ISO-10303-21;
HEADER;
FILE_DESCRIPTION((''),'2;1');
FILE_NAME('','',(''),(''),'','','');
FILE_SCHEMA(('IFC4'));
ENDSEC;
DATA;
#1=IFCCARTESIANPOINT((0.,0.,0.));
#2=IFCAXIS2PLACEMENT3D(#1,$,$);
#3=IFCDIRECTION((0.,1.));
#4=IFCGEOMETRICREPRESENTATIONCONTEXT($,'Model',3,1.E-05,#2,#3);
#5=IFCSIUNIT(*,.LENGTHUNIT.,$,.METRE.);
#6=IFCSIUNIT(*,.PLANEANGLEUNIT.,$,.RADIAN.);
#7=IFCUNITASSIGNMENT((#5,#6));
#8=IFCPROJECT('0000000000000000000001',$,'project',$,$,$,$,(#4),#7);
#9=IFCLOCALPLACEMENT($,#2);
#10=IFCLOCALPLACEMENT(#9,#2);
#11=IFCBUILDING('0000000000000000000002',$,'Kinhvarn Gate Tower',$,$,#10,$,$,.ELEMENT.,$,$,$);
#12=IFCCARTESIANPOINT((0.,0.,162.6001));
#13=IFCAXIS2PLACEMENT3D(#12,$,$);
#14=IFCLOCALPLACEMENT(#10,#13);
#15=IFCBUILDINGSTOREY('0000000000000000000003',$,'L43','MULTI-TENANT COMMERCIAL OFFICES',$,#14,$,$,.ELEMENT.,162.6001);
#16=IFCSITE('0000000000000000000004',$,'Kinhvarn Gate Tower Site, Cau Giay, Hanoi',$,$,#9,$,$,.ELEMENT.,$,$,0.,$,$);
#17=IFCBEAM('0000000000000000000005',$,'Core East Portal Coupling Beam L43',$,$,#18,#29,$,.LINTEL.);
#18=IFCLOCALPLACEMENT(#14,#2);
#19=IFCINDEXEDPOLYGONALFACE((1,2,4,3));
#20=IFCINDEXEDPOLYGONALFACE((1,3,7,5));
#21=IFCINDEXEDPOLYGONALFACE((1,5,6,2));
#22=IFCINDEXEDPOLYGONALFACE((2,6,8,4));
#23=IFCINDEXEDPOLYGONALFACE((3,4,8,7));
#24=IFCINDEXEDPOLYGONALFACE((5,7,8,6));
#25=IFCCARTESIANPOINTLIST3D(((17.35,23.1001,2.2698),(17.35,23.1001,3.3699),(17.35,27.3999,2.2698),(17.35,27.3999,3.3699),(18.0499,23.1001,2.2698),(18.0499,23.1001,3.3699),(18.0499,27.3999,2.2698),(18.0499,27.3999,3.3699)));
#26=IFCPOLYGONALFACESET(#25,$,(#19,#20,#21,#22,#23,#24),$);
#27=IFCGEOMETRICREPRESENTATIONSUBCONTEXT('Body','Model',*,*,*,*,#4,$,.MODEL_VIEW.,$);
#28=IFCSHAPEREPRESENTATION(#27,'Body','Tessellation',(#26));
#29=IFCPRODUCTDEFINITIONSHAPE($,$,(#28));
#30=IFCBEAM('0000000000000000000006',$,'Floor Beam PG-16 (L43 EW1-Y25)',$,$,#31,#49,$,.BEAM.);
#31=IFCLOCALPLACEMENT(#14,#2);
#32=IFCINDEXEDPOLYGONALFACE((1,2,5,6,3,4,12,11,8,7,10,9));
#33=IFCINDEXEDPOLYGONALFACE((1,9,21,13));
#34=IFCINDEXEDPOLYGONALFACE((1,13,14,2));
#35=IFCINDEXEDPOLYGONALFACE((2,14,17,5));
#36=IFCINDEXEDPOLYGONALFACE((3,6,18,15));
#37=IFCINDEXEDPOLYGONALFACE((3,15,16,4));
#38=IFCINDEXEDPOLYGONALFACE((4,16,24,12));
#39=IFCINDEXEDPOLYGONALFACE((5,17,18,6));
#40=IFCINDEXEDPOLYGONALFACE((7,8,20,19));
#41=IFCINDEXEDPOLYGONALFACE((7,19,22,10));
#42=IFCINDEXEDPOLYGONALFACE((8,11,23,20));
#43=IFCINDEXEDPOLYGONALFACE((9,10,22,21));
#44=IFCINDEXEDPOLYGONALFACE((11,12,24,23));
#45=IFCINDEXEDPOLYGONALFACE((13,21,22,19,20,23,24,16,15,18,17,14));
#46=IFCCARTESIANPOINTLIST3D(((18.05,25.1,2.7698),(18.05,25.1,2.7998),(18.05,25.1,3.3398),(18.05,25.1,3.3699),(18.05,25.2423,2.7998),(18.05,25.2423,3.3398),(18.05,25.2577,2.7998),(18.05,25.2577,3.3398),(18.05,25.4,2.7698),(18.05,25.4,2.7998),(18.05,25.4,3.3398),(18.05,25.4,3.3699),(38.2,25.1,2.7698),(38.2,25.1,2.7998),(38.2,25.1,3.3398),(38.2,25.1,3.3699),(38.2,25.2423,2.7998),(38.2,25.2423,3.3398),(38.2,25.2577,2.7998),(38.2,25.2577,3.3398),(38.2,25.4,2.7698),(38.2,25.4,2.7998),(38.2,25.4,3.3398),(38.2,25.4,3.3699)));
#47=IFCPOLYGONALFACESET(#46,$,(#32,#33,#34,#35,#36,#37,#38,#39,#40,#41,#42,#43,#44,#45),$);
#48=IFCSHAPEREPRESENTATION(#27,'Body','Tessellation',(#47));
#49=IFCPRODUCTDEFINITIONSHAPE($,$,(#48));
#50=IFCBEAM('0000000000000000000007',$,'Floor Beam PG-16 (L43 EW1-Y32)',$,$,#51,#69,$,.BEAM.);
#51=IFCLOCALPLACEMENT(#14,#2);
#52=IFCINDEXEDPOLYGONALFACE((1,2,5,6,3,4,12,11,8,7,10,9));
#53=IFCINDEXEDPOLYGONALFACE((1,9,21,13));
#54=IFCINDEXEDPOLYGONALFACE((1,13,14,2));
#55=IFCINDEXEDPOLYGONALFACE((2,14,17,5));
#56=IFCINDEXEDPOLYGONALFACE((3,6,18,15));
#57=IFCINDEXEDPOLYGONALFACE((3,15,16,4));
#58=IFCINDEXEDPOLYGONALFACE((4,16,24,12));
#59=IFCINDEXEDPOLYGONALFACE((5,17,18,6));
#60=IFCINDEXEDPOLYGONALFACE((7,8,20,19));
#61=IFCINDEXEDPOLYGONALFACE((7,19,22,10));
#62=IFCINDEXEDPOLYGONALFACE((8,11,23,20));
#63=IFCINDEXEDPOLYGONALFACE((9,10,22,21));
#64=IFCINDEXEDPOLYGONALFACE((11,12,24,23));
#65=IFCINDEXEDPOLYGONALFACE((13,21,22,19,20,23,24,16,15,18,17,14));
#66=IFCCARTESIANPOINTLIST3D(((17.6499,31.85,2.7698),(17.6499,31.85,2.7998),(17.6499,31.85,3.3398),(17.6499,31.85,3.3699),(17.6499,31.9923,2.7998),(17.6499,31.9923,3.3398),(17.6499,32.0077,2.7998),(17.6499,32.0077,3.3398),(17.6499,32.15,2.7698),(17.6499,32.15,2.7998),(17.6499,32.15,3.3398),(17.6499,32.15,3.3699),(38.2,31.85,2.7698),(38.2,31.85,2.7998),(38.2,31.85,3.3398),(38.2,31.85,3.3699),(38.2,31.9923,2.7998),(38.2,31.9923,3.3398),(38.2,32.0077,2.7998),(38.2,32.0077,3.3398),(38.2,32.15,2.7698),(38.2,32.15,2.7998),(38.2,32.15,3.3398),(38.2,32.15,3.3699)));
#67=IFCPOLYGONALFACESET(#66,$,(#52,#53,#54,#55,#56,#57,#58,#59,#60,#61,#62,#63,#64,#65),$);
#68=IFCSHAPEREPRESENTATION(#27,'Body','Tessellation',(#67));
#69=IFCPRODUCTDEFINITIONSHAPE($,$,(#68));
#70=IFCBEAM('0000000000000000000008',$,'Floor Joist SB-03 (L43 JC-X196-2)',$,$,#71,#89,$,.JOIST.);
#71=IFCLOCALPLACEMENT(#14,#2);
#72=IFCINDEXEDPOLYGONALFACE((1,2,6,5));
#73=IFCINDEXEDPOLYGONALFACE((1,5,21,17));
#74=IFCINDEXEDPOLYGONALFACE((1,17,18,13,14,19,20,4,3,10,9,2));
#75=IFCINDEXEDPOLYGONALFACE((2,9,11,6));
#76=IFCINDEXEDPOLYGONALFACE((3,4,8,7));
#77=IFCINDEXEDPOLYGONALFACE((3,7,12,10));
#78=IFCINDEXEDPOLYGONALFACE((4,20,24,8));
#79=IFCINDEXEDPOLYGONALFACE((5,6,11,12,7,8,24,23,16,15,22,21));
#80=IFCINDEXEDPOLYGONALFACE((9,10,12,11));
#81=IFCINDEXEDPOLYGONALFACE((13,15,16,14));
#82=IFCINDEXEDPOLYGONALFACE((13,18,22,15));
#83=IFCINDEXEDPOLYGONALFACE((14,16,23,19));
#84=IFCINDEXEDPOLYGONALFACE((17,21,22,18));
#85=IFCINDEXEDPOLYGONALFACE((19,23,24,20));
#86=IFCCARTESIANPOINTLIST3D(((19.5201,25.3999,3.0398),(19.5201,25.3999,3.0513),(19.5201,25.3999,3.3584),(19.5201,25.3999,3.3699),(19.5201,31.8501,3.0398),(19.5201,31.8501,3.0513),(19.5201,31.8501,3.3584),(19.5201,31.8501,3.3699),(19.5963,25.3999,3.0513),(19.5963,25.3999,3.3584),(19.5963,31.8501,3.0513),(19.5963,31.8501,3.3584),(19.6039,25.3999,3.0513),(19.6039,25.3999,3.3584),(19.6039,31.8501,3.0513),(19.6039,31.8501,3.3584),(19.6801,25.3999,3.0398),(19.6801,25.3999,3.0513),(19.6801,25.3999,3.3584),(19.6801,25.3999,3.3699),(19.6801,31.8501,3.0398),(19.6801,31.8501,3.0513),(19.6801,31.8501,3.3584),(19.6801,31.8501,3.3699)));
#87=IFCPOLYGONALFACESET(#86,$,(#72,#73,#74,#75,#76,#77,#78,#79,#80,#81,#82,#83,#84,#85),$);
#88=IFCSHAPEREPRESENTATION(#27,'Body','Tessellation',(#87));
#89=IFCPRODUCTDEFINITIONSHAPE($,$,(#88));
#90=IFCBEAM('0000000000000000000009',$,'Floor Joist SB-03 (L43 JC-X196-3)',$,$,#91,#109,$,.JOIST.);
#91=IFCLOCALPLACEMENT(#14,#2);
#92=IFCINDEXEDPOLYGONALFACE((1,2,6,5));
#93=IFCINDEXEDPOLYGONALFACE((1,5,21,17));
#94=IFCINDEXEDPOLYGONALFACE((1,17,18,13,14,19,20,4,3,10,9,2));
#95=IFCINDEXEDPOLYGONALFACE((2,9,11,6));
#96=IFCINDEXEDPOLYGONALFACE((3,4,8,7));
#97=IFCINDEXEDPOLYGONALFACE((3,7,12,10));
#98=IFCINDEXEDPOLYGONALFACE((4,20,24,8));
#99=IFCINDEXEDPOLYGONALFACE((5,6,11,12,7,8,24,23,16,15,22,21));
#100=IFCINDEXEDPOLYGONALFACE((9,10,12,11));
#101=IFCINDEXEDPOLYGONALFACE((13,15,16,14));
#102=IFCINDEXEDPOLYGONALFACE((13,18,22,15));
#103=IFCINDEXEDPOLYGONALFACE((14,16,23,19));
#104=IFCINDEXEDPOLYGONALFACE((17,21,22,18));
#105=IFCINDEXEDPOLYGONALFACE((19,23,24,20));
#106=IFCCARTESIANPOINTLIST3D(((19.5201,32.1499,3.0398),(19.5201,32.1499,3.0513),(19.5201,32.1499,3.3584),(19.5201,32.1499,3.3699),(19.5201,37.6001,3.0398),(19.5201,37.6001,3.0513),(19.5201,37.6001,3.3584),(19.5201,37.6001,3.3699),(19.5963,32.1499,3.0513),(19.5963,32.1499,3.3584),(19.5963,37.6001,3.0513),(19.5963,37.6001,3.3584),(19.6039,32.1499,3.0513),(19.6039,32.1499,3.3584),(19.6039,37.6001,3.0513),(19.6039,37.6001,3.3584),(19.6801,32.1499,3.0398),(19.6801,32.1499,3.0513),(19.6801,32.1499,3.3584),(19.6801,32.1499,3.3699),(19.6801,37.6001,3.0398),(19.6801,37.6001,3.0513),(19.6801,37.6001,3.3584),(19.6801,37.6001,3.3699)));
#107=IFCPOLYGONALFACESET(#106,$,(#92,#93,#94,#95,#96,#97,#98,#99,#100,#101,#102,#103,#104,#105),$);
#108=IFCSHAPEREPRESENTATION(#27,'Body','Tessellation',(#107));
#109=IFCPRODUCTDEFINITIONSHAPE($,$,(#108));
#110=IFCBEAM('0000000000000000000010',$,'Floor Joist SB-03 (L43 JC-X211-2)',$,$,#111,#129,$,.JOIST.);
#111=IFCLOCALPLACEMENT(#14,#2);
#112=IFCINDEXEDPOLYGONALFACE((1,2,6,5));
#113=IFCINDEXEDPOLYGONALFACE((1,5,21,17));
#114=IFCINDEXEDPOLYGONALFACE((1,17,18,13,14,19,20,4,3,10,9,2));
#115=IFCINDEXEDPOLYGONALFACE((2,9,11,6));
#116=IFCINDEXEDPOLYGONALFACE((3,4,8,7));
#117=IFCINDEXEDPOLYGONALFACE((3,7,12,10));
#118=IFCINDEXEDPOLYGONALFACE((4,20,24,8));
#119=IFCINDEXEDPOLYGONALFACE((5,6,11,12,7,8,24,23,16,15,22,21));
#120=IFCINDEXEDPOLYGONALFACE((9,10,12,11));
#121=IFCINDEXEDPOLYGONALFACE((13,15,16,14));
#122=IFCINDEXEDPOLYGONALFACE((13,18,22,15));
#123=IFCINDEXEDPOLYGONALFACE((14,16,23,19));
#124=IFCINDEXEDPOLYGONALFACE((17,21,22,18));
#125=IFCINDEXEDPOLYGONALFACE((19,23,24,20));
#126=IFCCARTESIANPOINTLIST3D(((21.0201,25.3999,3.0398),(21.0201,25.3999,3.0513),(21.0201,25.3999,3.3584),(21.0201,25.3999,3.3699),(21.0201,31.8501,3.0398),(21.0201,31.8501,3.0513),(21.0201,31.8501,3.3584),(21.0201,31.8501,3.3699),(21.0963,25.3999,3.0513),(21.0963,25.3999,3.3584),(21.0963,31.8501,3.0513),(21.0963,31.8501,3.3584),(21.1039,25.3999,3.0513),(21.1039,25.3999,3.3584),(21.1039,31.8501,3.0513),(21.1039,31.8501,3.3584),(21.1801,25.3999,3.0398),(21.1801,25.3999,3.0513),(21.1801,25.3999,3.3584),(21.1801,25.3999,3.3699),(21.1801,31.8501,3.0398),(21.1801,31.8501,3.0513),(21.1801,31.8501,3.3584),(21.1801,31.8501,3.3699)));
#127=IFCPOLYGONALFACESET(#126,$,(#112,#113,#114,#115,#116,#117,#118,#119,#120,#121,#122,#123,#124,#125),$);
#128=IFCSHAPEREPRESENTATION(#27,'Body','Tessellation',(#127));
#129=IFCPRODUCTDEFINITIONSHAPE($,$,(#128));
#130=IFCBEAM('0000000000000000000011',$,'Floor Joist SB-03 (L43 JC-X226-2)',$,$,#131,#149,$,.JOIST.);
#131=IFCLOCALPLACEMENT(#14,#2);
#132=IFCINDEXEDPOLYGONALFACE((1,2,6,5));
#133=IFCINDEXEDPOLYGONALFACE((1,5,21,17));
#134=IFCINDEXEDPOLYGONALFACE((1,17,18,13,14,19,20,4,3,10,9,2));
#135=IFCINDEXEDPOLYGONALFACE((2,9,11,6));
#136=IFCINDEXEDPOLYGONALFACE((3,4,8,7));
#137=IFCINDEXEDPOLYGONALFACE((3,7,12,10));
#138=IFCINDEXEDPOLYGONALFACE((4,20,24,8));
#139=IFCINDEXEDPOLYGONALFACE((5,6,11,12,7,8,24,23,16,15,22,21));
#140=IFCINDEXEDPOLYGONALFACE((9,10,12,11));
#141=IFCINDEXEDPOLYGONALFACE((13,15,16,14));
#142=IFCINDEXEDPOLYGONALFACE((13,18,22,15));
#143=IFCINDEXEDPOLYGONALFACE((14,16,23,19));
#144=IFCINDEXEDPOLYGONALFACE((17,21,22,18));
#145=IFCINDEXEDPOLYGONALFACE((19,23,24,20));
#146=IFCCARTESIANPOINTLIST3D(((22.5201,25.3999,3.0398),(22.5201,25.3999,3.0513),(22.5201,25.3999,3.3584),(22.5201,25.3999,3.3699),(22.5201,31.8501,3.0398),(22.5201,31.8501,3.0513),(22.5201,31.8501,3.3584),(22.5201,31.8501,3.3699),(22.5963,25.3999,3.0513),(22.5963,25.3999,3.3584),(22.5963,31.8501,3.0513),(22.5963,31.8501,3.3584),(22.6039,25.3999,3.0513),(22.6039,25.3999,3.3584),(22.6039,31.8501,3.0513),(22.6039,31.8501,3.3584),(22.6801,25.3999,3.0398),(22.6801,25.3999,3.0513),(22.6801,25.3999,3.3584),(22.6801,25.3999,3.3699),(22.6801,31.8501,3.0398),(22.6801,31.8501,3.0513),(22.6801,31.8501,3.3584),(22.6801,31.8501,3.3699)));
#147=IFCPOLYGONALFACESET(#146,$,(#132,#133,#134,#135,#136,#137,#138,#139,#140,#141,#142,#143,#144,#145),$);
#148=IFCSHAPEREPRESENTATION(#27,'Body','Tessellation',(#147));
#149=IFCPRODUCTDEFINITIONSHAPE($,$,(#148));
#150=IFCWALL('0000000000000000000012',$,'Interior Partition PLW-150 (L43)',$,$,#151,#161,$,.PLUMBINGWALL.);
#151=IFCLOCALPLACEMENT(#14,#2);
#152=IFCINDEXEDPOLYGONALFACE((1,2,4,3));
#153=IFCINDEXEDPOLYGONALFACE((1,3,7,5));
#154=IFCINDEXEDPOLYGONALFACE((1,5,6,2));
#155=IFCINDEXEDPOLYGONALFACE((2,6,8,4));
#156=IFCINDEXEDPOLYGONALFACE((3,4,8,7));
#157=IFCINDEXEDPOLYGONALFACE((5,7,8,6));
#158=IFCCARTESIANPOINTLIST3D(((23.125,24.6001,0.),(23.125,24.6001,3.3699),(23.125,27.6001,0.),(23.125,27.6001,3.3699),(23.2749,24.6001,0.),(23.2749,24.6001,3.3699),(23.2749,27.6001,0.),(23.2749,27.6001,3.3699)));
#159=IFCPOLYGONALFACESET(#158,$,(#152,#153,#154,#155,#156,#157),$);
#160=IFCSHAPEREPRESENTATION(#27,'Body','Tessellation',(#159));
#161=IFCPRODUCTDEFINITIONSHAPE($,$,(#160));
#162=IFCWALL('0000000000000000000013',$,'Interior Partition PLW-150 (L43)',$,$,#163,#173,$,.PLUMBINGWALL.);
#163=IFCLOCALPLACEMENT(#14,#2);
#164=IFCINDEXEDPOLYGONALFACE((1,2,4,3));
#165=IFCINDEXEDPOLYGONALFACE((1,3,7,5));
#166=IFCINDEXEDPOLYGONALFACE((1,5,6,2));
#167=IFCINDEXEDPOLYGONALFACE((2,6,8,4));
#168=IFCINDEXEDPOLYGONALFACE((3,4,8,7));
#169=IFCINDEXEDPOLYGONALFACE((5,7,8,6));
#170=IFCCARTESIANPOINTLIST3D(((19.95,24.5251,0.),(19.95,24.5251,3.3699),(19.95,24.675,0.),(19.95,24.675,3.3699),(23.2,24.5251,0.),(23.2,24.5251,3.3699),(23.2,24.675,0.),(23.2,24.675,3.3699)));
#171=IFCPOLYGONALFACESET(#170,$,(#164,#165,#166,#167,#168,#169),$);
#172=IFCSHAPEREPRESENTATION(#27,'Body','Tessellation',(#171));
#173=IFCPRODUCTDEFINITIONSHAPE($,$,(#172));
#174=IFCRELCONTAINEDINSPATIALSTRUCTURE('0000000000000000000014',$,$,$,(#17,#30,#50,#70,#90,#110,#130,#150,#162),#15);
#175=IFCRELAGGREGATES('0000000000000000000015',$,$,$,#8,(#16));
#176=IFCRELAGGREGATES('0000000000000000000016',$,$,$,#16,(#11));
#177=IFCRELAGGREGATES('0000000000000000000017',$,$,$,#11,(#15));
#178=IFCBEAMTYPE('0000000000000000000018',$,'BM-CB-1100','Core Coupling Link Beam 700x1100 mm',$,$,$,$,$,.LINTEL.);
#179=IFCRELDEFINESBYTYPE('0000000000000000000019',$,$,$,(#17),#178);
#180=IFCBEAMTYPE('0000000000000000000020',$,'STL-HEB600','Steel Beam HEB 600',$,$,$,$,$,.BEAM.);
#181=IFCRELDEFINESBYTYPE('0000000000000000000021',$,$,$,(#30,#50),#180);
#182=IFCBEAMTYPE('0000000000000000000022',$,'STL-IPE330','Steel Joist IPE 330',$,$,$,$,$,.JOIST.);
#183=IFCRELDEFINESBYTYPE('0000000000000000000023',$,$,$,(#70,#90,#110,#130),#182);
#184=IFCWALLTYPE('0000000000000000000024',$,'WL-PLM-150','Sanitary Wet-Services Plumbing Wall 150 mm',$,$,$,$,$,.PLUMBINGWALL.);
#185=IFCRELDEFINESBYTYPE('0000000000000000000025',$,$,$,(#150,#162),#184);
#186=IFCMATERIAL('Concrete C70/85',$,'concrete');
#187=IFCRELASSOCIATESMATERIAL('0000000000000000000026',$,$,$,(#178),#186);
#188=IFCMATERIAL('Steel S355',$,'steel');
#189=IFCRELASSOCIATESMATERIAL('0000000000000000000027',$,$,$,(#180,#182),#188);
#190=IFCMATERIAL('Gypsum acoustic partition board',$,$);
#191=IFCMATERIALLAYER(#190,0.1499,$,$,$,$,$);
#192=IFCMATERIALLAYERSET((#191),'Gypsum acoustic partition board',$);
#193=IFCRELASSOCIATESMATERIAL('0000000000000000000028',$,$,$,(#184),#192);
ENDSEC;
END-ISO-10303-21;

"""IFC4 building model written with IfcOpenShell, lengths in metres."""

from ifc_helpers import new_model, si_unit, direction, frame, frame_2d, origin, origin_2d, place, context, subcontext, project, spatial, rectangle, i_section, extrude, material, layer, layer_set, material_profile, profile_set, type_object, element, save


model = new_model("IFC4")

# Units and contexts
model_context = context("Model", 3, precision=1e-05, world=origin(), true_north=direction((0.0, 1.0)))
body_context = subcontext(model_context, "Body", "Model", "MODEL_VIEW")
ifc_project = project(units=[si_unit("LENGTHUNIT", "METRE"), si_unit("PLANEANGLEUNIT", "RADIAN")], contexts=[model_context])

# Site, building, storey
site_placement = place(None, origin())
site = spatial("IfcSite", under=ifc_project, at=site_placement, Name="Kinhvarn Gate Tower Site, Cau Giay, Hanoi", CompositionType="ELEMENT", RefElevation=0.0)
building_placement = place(site_placement, origin())
building = spatial("IfcBuilding", under=site, at=building_placement, Name="Kinhvarn Gate Tower", CompositionType="ELEMENT")
storey_placement = place(building_placement, frame((0.0, 0.0, 162.6001)))
storey = spatial("IfcBuildingStorey", under=building, at=storey_placement, Name="L43", Description="MULTI-TENANT COMMERCIAL OFFICES", CompositionType="ELEMENT", Elevation=162.6001)

# Beams
ifc_material_1 = material(Name="Concrete C70/85", Category="concrete")
ifc_material_profile_1 = material_profile(ifc_material_1, rectangle(XDim=0.7, YDim=1.1001, at=origin_2d()), Name="RC 700x1100")
ifc_profile_set_1 = profile_set([ifc_material_profile_1], Name="Concrete C70/85")
beam_type_1 = type_object("IfcBeamType", Name="BM-CB-1100", Description="Core Coupling Link Beam 700x1100 mm", PredefinedType="LINTEL", material=ifc_profile_set_1)
beam_1_placement = place(storey_placement, frame((17.7, 23.1001, 2.8198), z_axis=(0.0, 1.0, 0.0), x_axis=(-1.0, 0.0, 0.0)))
element("IfcBeam", 1, at=beam_1_placement, inside=storey, type_object=beam_type_1, Name="Core East Portal Coupling Beam L43", PredefinedType="LINTEL", context=body_context, shape_type="SweptSolid", body=[
    extrude(rectangle(XDim=0.7, YDim=1.1001, at=origin_2d()), origin(), (0.0, 0.0, 1.0), 4.2998),
])
ifc_material_2 = material(Name="Steel S355", Category="steel")
ifc_material_profile_2 = material_profile(ifc_material_2, i_section(OverallWidth=0.3, OverallDepth=0.6001, WebThickness=0.0154, FlangeThickness=0.03, at=origin_2d()), Name="HEB 600")
ifc_profile_set_2 = profile_set([ifc_material_profile_2], Name="Steel S355")
beam_type_2 = type_object("IfcBeamType", Name="STL-HEB600", Description="Steel Beam HEB 600", PredefinedType="BEAM", material=ifc_profile_set_2)
beam_2_placement = place(storey_placement, frame((18.05, 25.25, 3.0698), z_axis=(1.0, 0.0, 0.0), x_axis=(0.0, 1.0, 0.0)))
element("IfcBeam", 2, at=beam_2_placement, inside=storey, type_object=beam_type_2, Name="Floor Beam PG-16 (L43 EW1-Y25)", PredefinedType="BEAM", context=body_context, shape_type="SweptSolid", body=[
    extrude(i_section(OverallWidth=0.3, OverallDepth=0.6001, WebThickness=0.0154, FlangeThickness=0.03, at=origin_2d()), origin(), (0.0, 0.0, 1.0), 20.1499),
])
beam_3_placement = place(storey_placement, frame((17.6499, 32.0, 3.0698), z_axis=(1.0, 0.0, 0.0), x_axis=(0.0, 1.0, 0.0)))
element("IfcBeam", 3, at=beam_3_placement, inside=storey, type_object=beam_type_2, Name="Floor Beam PG-16 (L43 EW1-Y32)", PredefinedType="BEAM", context=body_context, shape_type="SweptSolid", body=[
    extrude(i_section(OverallWidth=0.3, OverallDepth=0.6001, WebThickness=0.0154, FlangeThickness=0.03, at=origin_2d()), origin(), (0.0, 0.0, 1.0), 20.55),
])
ifc_material_profile_3 = material_profile(ifc_material_2, i_section(OverallWidth=0.1599, OverallDepth=0.3301, WebThickness=0.0076, FlangeThickness=0.0115, at=origin_2d()), Name="IPE 330")
ifc_profile_set_3 = profile_set([ifc_material_profile_3], Name="Steel S355")
beam_type_3 = type_object("IfcBeamType", Name="STL-IPE330", Description="Steel Joist IPE 330", PredefinedType="JOIST", material=ifc_profile_set_3)
beam_4_placement = place(storey_placement, frame((19.6001, 25.3999, 3.2048), z_axis=(0.0, 1.0, 0.0), x_axis=(-1.0, 0.0, 0.0)))
element("IfcBeam", 4, at=beam_4_placement, inside=storey, type_object=beam_type_3, Name="Floor Joist SB-03 (L43 JC-X196-2)", PredefinedType="JOIST", context=body_context, shape_type="SweptSolid", body=[
    extrude(i_section(OverallWidth=0.1599, OverallDepth=0.3301, WebThickness=0.0076, FlangeThickness=0.0115, at=origin_2d()), origin(), (0.0, 0.0, 1.0), 6.4502),
])
beam_5_placement = place(storey_placement, frame((19.6001, 32.1499, 3.2048), z_axis=(0.0, 1.0, 0.0), x_axis=(-1.0, 0.0, 0.0)))
element("IfcBeam", 5, at=beam_5_placement, inside=storey, type_object=beam_type_3, Name="Floor Joist SB-03 (L43 JC-X196-3)", PredefinedType="JOIST", context=body_context, shape_type="SweptSolid", body=[
    extrude(i_section(OverallWidth=0.1599, OverallDepth=0.3301, WebThickness=0.0076, FlangeThickness=0.0115, at=origin_2d()), origin(), (0.0, 0.0, 1.0), 5.4502),
])
for number, where, z_axis, x_axis, name in (
    (6, (21.1001, 25.3999, 3.2048), (0.0, 1.0, 0.0), (-1.0, 0.0, 0.0), "Floor Joist SB-03 (L43 JC-X211-2)"),
    (7, (22.6001, 25.3999, 3.2048), (0.0, 1.0, 0.0), (-1.0, 0.0, 0.0), "Floor Joist SB-03 (L43 JC-X226-2)"),
):
    element("IfcBeam", number, at=place(storey_placement, frame(where, z_axis=z_axis, x_axis=x_axis)), inside=storey, type_object=beam_type_3, Name=name, PredefinedType="JOIST", context=body_context, shape_type="SweptSolid", body=[
        extrude(i_section(OverallWidth=0.1599, OverallDepth=0.3301, WebThickness=0.0076, FlangeThickness=0.0115, at=origin_2d()), origin(), (0.0, 0.0, 1.0), 6.4502),
    ])

# Walls
ifc_material_3 = material(Name="Gypsum acoustic partition board")
ifc_layer_1 = layer(ifc_material_3, 0.1499)
ifc_layer_set_1 = layer_set([ifc_layer_1], Name="Gypsum acoustic partition board")
wall_type_1 = type_object("IfcWallType", Name="WL-PLM-150", Description="Sanitary Wet-Services Plumbing Wall 150 mm", PredefinedType="PLUMBINGWALL", material=ifc_layer_set_1)
wall_1_placement = place(storey_placement, frame((23.2, 24.6001, 0.0), z_axis=(0.0, 0.0, 1.0), x_axis=(0.0, 1.0, 0.0)))
element("IfcWall", 8, at=wall_1_placement, inside=storey, type_object=wall_type_1, Name="Interior Partition PLW-150 (L43)", PredefinedType="PLUMBINGWALL", context=body_context, shape_type="SweptSolid", body=[
    extrude(rectangle(XDim=3.0, YDim=0.1499, at=frame_2d((1.5, 0.0))), origin(), (0.0, 0.0, 1.0), 3.3699),
])
wall_2_placement = place(storey_placement, frame((19.95, 24.6001, 0.0), z_axis=(0.0, 0.0, 1.0), x_axis=(1.0, 0.0, 0.0)))
element("IfcWall", 9, at=wall_2_placement, inside=storey, type_object=wall_type_1, Name="Interior Partition PLW-150 (L43)", PredefinedType="PLUMBINGWALL", context=body_context, shape_type="SweptSolid", body=[
    extrude(rectangle(XDim=3.25, YDim=0.1499, at=frame_2d((1.625, 0.0))), origin(), (0.0, 0.0, 1.0), 3.3699),
])

save(model, "model.ifc")
